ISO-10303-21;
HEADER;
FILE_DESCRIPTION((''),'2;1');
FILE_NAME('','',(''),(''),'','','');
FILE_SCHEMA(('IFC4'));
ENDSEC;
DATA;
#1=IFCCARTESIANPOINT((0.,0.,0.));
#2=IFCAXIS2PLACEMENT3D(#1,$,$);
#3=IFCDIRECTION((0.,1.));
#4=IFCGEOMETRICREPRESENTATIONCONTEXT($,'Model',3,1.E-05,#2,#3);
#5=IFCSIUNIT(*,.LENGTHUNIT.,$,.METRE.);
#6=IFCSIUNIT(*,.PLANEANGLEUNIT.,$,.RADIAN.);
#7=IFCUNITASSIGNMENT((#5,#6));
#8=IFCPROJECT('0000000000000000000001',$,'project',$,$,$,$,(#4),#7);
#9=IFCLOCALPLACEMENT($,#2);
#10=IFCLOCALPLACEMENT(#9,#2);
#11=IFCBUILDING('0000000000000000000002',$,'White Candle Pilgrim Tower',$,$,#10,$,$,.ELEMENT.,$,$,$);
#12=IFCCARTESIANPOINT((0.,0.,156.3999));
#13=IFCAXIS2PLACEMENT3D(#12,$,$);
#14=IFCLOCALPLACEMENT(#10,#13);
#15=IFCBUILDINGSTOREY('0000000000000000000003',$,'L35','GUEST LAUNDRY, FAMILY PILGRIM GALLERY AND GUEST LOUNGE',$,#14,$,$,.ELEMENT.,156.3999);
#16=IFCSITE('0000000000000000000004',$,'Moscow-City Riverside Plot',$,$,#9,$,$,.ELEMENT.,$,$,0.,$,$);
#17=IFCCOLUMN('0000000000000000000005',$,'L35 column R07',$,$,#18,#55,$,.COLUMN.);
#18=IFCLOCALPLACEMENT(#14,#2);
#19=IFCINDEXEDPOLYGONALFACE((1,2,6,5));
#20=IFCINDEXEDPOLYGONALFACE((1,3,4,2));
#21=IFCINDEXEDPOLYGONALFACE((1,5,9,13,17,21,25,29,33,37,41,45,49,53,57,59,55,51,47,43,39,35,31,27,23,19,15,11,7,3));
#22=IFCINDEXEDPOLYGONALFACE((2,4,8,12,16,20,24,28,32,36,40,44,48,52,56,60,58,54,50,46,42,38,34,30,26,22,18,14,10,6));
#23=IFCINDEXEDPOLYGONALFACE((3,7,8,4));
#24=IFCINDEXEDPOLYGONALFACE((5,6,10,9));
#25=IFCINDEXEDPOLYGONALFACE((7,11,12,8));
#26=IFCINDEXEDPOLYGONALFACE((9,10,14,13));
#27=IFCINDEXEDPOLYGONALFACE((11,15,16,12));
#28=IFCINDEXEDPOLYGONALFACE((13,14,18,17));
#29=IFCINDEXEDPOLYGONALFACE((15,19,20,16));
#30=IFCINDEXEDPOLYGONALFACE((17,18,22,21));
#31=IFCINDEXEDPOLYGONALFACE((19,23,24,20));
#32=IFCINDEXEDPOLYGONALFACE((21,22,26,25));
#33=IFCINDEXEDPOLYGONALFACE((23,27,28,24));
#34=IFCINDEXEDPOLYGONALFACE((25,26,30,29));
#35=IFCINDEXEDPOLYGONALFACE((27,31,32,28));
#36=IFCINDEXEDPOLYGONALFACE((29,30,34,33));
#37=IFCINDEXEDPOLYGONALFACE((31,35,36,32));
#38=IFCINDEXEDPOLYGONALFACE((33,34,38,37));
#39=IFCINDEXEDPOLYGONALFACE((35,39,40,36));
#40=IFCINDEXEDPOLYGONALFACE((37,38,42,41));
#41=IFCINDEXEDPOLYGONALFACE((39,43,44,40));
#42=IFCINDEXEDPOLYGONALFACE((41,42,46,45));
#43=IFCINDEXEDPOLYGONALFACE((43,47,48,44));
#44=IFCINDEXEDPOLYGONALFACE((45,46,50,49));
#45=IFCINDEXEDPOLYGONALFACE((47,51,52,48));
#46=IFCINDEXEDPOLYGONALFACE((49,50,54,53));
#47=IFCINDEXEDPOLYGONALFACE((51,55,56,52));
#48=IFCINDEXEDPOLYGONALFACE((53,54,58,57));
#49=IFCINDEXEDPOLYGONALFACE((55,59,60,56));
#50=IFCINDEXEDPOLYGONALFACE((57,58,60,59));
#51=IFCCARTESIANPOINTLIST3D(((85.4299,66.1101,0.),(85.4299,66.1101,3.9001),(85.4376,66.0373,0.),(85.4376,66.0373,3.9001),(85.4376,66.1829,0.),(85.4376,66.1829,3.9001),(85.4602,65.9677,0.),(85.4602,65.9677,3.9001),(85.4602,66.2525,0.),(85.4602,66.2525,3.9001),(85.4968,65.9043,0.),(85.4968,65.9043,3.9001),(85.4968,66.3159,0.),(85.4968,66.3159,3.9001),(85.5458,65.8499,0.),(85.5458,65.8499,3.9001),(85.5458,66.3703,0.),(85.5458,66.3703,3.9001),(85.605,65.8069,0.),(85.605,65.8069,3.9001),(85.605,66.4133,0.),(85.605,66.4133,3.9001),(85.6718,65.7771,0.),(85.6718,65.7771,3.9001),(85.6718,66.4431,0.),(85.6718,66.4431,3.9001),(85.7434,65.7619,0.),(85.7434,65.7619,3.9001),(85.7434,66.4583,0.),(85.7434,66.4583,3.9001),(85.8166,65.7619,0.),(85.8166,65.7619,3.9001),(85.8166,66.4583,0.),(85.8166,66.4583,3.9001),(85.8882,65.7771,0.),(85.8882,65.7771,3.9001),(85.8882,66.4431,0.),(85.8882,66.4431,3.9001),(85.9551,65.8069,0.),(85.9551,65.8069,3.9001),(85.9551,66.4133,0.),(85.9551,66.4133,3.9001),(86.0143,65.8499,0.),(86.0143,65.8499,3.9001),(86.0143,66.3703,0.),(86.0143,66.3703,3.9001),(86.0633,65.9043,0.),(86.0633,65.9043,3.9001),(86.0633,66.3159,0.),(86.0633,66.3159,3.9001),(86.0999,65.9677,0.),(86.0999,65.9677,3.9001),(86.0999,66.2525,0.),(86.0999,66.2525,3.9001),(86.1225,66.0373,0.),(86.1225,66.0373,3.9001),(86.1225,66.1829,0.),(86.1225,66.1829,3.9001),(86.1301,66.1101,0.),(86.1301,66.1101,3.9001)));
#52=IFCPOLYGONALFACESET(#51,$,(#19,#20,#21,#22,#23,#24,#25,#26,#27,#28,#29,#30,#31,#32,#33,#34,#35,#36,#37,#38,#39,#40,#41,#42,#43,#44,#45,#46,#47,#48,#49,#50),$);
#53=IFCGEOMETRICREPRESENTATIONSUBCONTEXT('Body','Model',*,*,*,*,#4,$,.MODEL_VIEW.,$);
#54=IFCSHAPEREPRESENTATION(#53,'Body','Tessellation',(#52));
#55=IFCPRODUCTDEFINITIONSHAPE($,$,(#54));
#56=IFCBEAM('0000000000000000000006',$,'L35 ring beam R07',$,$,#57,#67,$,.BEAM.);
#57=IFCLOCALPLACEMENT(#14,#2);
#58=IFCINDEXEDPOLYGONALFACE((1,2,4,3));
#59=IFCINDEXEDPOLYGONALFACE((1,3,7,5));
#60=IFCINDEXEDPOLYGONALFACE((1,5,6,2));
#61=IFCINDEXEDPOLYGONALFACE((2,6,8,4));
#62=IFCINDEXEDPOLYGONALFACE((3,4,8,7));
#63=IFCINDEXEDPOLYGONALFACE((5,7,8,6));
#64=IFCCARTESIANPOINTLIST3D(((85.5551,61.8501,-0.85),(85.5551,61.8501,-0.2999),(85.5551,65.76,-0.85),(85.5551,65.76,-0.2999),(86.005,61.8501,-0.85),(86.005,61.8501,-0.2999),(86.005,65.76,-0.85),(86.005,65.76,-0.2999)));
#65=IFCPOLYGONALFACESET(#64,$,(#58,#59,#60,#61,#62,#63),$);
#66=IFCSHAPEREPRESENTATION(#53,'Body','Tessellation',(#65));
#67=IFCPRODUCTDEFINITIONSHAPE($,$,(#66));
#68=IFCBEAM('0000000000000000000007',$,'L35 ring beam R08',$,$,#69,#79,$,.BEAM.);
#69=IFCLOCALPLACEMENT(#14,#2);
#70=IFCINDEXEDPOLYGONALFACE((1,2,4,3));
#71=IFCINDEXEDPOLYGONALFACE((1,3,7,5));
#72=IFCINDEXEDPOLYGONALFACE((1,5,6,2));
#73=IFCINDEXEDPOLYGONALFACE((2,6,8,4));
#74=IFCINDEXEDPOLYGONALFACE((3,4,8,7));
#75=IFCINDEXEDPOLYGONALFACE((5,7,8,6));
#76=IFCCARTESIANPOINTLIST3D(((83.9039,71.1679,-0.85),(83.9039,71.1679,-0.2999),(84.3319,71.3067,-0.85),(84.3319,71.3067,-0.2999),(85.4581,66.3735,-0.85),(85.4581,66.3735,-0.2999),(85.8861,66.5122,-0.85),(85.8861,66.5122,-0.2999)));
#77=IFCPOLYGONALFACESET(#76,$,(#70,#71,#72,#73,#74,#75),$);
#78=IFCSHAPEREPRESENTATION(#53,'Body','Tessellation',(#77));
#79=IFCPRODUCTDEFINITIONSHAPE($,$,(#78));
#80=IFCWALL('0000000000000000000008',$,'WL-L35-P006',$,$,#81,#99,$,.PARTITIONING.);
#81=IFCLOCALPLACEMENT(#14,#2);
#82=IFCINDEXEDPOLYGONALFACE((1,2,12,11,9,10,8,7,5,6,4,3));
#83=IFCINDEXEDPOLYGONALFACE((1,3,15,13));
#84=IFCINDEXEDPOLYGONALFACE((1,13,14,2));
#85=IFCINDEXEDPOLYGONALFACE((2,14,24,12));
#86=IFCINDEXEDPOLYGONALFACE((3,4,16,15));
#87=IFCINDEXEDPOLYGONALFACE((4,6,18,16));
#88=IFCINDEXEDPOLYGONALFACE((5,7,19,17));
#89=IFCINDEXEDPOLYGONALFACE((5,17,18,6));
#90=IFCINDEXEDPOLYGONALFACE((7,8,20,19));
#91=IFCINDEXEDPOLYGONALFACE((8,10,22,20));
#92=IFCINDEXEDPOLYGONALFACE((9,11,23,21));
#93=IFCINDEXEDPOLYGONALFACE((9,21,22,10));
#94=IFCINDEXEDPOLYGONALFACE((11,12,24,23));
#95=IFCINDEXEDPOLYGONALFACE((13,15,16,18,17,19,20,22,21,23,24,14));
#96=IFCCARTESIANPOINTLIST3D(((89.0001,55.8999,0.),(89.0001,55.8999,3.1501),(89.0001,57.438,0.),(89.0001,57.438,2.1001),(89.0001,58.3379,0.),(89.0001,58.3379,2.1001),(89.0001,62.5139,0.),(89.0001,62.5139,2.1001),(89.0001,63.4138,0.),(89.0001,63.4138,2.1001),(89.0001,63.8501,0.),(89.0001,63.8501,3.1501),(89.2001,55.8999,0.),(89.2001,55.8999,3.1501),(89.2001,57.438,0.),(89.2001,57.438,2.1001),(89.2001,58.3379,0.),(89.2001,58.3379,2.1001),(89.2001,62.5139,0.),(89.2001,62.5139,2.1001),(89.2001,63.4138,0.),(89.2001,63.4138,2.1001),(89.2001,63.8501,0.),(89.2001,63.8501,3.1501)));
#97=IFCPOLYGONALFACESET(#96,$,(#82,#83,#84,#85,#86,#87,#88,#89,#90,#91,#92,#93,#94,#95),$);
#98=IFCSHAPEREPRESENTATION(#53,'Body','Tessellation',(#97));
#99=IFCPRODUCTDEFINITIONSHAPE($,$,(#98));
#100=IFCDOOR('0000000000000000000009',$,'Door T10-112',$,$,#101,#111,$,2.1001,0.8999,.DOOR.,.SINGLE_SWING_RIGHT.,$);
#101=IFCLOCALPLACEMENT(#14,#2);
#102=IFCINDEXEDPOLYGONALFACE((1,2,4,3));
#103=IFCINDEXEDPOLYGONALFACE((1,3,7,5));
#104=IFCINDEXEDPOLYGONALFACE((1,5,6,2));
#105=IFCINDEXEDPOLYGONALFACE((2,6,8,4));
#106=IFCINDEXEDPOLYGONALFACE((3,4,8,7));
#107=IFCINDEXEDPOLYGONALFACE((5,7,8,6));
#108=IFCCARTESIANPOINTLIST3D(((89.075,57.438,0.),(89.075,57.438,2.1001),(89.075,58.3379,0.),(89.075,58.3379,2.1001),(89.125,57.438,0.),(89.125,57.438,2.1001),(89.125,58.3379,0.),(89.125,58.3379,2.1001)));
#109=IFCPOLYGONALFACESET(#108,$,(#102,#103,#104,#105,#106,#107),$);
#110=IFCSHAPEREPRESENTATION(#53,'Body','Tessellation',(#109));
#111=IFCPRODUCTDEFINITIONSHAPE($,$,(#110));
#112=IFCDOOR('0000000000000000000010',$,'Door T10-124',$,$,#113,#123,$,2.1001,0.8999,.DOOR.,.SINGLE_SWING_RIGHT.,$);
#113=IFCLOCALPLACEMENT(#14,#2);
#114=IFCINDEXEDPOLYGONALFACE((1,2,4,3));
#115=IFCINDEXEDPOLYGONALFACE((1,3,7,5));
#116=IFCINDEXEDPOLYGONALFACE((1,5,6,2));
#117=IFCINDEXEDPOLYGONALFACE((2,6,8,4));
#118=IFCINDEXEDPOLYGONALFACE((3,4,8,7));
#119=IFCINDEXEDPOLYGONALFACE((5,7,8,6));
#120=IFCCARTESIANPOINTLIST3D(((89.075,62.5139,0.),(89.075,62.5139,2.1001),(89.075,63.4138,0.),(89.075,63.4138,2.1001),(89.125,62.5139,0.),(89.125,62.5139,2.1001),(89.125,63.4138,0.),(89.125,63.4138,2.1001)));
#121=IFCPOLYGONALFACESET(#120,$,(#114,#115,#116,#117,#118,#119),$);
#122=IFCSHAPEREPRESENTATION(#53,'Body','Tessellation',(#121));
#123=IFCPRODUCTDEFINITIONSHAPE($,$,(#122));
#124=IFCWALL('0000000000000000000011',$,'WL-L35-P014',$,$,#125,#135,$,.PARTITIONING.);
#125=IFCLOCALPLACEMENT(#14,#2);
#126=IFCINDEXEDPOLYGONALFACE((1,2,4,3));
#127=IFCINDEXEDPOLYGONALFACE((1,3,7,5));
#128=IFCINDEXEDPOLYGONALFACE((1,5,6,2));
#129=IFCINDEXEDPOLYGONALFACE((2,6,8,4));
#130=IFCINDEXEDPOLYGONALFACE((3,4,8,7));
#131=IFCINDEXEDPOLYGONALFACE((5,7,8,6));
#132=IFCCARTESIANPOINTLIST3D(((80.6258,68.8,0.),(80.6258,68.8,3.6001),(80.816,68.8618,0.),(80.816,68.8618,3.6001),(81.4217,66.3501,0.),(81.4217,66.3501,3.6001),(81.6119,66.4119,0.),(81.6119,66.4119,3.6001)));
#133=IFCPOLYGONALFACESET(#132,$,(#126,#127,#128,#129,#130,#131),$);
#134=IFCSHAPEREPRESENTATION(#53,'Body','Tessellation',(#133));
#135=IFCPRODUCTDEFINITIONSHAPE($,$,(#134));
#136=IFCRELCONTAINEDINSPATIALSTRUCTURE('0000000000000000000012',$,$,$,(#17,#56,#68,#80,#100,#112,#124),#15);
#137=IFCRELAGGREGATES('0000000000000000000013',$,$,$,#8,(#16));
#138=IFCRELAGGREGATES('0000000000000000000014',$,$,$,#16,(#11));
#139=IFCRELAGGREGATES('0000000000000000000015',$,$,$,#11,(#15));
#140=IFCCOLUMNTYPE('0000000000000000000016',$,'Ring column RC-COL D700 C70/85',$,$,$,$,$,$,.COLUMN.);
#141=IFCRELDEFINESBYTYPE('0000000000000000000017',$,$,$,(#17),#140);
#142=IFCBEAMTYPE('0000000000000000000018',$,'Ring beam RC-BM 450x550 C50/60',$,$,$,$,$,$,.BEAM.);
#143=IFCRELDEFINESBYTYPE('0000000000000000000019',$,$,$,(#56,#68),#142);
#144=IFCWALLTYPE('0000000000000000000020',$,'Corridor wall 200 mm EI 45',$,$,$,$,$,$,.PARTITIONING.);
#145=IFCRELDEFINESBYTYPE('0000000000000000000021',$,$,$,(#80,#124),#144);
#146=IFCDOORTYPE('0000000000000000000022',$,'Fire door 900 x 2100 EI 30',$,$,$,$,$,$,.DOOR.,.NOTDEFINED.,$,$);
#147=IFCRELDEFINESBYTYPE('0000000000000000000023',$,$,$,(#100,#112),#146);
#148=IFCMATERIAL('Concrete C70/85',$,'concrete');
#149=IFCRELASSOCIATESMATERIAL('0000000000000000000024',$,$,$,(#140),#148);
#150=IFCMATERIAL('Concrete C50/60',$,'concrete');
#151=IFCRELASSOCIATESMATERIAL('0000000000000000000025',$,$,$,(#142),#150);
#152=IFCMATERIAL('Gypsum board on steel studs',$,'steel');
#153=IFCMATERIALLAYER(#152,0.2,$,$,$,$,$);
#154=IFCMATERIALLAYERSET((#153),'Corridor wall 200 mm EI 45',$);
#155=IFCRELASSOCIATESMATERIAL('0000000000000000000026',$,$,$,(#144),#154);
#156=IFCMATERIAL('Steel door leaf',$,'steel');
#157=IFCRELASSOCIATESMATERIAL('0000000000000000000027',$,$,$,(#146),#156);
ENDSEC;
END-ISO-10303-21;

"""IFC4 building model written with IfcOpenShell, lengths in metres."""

from ifc_helpers import new_model, si_unit, direction, frame, frame_2d, origin, origin_2d, place, context, subcontext, project, spatial, rectangle, circle, extrude, material, layer, layer_set, material_profile, profile_set, type_object, element, fill, save


model = new_model("IFC4")

# Units and contexts
model_context = context("Model", 3, precision=1e-05, world=origin(), true_north=direction((0.0, 1.0)))
body_context = subcontext(model_context, "Body", "Model", "MODEL_VIEW")
ifc_project = project(units=[si_unit("LENGTHUNIT", "METRE"), si_unit("PLANEANGLEUNIT", "RADIAN")], contexts=[model_context])

# Site, building, storey
site_placement = place(None, origin())
site = spatial("IfcSite", under=ifc_project, at=site_placement, Name="Moscow-City Riverside Plot", CompositionType="ELEMENT", RefElevation=0.0)
building_placement = place(site_placement, origin())
building = spatial("IfcBuilding", under=site, at=building_placement, Name="White Candle Pilgrim Tower", CompositionType="ELEMENT")
storey_placement = place(building_placement, frame((0.0, 0.0, 156.3999)))
storey = spatial("IfcBuildingStorey", under=building, at=storey_placement, Name="L35", Description="GUEST LAUNDRY, FAMILY PILGRIM GALLERY AND GUEST LOUNGE", CompositionType="ELEMENT", Elevation=156.3999)

# Column
ifc_material_1 = material(Name="Concrete C70/85", Category="concrete")
ifc_material_profile_1 = material_profile(ifc_material_1, circle(Radius=0.3501, at=origin_2d()), Name="RC-COL D700")
ifc_profile_set_1 = profile_set([ifc_material_profile_1], Name="Concrete C70/85")
column_type = type_object("IfcColumnType", Name="Ring column RC-COL D700 C70/85", PredefinedType="COLUMN", material=ifc_profile_set_1)
column_placement = place(storey_placement, frame((85.78, 66.1101, 0.0), z_axis=(0.0, 0.0, 1.0), x_axis=(1.0, 0.0, 0.0)))
element("IfcColumn", 1, at=column_placement, inside=storey, type_object=column_type, Name="L35 column R07", PredefinedType="COLUMN", context=body_context, shape_type="SweptSolid", body=[
    extrude(circle(Radius=0.3501, at=origin_2d()), origin(), (0.0, 0.0, 1.0), 3.9001),
])

# Beams
ifc_material_2 = material(Name="Concrete C50/60", Category="concrete")
ifc_material_profile_2 = material_profile(ifc_material_2, rectangle(XDim=0.45, YDim=0.55, at=origin_2d()), Name="RC-BM 450x550")
ifc_profile_set_2 = profile_set([ifc_material_profile_2], Name="Concrete C50/60")
beam_type = type_object("IfcBeamType", Name="Ring beam RC-BM 450x550 C50/60", PredefinedType="BEAM", material=ifc_profile_set_2)
beam_1_placement = place(storey_placement, frame((85.78, 65.76, -0.575), z_axis=(0.0, -1.0, 0.0), x_axis=(1.0, 0.0, 0.0)))
element("IfcBeam", 2, at=beam_1_placement, inside=storey, type_object=beam_type, Name="L35 ring beam R07", PredefinedType="BEAM", context=body_context, shape_type="SweptSolid", body=[
    extrude(rectangle(XDim=0.45, YDim=0.55, at=origin_2d()), origin(), (0.0, 0.0, 1.0), 3.9099),
])
beam_2_placement = place(storey_placement, frame((85.6721, 66.4429, -0.575), z_axis=(-0.30837, 0.951267, 0.0), x_axis=(-0.951267, -0.30837, 0.0)))
element("IfcBeam", 3, at=beam_2_placement, inside=storey, type_object=beam_type, Name="L35 ring beam R08", PredefinedType="BEAM", context=body_context, shape_type="SweptSolid", body=[
    extrude(rectangle(XDim=0.45, YDim=0.55, at=origin_2d()), origin(), (0.0, 0.0, 1.0), 5.04),
])

# Wall, openings, doors
ifc_material_3 = material(Name="Gypsum board on steel studs", Category="steel")
ifc_layer_1 = layer(ifc_material_3, 0.2)
ifc_layer_set_1 = layer_set([ifc_layer_1], Name="Corridor wall 200 mm EI 45")
wall_type_1 = type_object("IfcWallType", Name="Corridor wall 200 mm EI 45", PredefinedType="PARTITIONING", material=ifc_layer_set_1)
wall_1_placement = place(storey_placement, frame((89.1001, 63.8501, 0.0), z_axis=(0.0, 0.0, 1.0), x_axis=(0.0, -1.0, 0.0)))
wall_1 = element("IfcWall", 4, at=wall_1_placement, inside=storey, type_object=wall_type_1, Name="WL-L35-P006", PredefinedType="PARTITIONING", context=body_context, shape_type="SweptSolid", body=[
    extrude(rectangle(XDim=7.9502, YDim=0.2, at=frame_2d((3.9751, 0.0))), origin(), (0.0, 0.0, 1.0), 3.1501),
])
opening_1_placement = place(wall_1_placement, frame((5.5122, 0.0, 0.0)))
opening_1 = element("IfcOpeningElement", 5, at=opening_1_placement, cuts=wall_1, PredefinedType="OPENING", context=body_context, shape_type="SweptSolid", body=[
    extrude(rectangle(XDim=0.8999, YDim=2.1001, at=frame_2d((0.45, 1.05))), frame((0.0, 0.1099, 0.0), z_axis=(0.0, -1.0, 0.0), x_axis=(1.0, 0.0, 0.0)), (0.0, 0.0, 1.0), 0.22),
])
opening_2_placement = place(wall_1_placement, frame((0.4363, 0.0, 0.0)))
opening_2 = element("IfcOpeningElement", 6, at=opening_2_placement, cuts=wall_1, PredefinedType="OPENING", context=body_context, shape_type="SweptSolid", body=[
    extrude(rectangle(XDim=0.8999, YDim=2.1001, at=frame_2d((0.45, 1.05))), frame((0.0, 0.1099, 0.0), z_axis=(0.0, -1.0, 0.0), x_axis=(1.0, 0.0, 0.0)), (0.0, 0.0, 1.0), 0.22),
])
ifc_material_4 = material(Name="Steel door leaf", Category="steel")
door_type_1 = type_object("IfcDoorType", Name="Fire door 900 x 2100 EI 30", OperationType="NOTDEFINED", PredefinedType="DOOR", material=ifc_material_4)
door_1_placement = place(opening_1_placement, origin())
door_1 = element("IfcDoor", 7, at=door_1_placement, inside=storey, type_object=door_type_1, Name="Door T10-112", OperationType="SINGLE_SWING_RIGHT", OverallHeight=2.1001, OverallWidth=0.8999, PredefinedType="DOOR", context=body_context, shape_type="SweptSolid", body=[
    extrude(rectangle(XDim=0.8999, YDim=2.1001, at=frame_2d((0.45, 1.05))), frame((0.0, 0.0249, 0.0), z_axis=(0.0, -1.0, 0.0), x_axis=(1.0, 0.0, 0.0)), (0.0, 0.0, 1.0), 0.05),
])
fill(opening_1, door_1)
door_2_placement = place(opening_2_placement, origin())
door_2 = element("IfcDoor", 8, at=door_2_placement, inside=storey, type_object=door_type_1, Name="Door T10-124", OperationType="SINGLE_SWING_RIGHT", OverallHeight=2.1001, OverallWidth=0.8999, PredefinedType="DOOR", context=body_context, shape_type="SweptSolid", body=[
    extrude(rectangle(XDim=0.8999, YDim=2.1001, at=frame_2d((0.45, 1.05))), frame((0.0, 0.0249, 0.0), z_axis=(0.0, -1.0, 0.0), x_axis=(1.0, 0.0, 0.0)), (0.0, 0.0, 1.0), 0.05),
])
fill(opening_2, door_2)

# Wall
wall_2_placement = place(storey_placement, frame((81.5168, 66.3809, 0.0), z_axis=(0.0, 0.0, 1.0), x_axis=(-0.308968, 0.951072, 0.0)))
element("IfcWall", 9, at=wall_2_placement, inside=storey, type_object=wall_type_1, Name="WL-L35-P014", PredefinedType="PARTITIONING", context=body_context, shape_type="SweptSolid", body=[
    extrude(rectangle(XDim=2.5759, YDim=0.2, at=frame_2d((1.2881, 0.0))), origin(), (0.0, 0.0, 1.0), 3.6001),
])

save(model, "model.ifc")
